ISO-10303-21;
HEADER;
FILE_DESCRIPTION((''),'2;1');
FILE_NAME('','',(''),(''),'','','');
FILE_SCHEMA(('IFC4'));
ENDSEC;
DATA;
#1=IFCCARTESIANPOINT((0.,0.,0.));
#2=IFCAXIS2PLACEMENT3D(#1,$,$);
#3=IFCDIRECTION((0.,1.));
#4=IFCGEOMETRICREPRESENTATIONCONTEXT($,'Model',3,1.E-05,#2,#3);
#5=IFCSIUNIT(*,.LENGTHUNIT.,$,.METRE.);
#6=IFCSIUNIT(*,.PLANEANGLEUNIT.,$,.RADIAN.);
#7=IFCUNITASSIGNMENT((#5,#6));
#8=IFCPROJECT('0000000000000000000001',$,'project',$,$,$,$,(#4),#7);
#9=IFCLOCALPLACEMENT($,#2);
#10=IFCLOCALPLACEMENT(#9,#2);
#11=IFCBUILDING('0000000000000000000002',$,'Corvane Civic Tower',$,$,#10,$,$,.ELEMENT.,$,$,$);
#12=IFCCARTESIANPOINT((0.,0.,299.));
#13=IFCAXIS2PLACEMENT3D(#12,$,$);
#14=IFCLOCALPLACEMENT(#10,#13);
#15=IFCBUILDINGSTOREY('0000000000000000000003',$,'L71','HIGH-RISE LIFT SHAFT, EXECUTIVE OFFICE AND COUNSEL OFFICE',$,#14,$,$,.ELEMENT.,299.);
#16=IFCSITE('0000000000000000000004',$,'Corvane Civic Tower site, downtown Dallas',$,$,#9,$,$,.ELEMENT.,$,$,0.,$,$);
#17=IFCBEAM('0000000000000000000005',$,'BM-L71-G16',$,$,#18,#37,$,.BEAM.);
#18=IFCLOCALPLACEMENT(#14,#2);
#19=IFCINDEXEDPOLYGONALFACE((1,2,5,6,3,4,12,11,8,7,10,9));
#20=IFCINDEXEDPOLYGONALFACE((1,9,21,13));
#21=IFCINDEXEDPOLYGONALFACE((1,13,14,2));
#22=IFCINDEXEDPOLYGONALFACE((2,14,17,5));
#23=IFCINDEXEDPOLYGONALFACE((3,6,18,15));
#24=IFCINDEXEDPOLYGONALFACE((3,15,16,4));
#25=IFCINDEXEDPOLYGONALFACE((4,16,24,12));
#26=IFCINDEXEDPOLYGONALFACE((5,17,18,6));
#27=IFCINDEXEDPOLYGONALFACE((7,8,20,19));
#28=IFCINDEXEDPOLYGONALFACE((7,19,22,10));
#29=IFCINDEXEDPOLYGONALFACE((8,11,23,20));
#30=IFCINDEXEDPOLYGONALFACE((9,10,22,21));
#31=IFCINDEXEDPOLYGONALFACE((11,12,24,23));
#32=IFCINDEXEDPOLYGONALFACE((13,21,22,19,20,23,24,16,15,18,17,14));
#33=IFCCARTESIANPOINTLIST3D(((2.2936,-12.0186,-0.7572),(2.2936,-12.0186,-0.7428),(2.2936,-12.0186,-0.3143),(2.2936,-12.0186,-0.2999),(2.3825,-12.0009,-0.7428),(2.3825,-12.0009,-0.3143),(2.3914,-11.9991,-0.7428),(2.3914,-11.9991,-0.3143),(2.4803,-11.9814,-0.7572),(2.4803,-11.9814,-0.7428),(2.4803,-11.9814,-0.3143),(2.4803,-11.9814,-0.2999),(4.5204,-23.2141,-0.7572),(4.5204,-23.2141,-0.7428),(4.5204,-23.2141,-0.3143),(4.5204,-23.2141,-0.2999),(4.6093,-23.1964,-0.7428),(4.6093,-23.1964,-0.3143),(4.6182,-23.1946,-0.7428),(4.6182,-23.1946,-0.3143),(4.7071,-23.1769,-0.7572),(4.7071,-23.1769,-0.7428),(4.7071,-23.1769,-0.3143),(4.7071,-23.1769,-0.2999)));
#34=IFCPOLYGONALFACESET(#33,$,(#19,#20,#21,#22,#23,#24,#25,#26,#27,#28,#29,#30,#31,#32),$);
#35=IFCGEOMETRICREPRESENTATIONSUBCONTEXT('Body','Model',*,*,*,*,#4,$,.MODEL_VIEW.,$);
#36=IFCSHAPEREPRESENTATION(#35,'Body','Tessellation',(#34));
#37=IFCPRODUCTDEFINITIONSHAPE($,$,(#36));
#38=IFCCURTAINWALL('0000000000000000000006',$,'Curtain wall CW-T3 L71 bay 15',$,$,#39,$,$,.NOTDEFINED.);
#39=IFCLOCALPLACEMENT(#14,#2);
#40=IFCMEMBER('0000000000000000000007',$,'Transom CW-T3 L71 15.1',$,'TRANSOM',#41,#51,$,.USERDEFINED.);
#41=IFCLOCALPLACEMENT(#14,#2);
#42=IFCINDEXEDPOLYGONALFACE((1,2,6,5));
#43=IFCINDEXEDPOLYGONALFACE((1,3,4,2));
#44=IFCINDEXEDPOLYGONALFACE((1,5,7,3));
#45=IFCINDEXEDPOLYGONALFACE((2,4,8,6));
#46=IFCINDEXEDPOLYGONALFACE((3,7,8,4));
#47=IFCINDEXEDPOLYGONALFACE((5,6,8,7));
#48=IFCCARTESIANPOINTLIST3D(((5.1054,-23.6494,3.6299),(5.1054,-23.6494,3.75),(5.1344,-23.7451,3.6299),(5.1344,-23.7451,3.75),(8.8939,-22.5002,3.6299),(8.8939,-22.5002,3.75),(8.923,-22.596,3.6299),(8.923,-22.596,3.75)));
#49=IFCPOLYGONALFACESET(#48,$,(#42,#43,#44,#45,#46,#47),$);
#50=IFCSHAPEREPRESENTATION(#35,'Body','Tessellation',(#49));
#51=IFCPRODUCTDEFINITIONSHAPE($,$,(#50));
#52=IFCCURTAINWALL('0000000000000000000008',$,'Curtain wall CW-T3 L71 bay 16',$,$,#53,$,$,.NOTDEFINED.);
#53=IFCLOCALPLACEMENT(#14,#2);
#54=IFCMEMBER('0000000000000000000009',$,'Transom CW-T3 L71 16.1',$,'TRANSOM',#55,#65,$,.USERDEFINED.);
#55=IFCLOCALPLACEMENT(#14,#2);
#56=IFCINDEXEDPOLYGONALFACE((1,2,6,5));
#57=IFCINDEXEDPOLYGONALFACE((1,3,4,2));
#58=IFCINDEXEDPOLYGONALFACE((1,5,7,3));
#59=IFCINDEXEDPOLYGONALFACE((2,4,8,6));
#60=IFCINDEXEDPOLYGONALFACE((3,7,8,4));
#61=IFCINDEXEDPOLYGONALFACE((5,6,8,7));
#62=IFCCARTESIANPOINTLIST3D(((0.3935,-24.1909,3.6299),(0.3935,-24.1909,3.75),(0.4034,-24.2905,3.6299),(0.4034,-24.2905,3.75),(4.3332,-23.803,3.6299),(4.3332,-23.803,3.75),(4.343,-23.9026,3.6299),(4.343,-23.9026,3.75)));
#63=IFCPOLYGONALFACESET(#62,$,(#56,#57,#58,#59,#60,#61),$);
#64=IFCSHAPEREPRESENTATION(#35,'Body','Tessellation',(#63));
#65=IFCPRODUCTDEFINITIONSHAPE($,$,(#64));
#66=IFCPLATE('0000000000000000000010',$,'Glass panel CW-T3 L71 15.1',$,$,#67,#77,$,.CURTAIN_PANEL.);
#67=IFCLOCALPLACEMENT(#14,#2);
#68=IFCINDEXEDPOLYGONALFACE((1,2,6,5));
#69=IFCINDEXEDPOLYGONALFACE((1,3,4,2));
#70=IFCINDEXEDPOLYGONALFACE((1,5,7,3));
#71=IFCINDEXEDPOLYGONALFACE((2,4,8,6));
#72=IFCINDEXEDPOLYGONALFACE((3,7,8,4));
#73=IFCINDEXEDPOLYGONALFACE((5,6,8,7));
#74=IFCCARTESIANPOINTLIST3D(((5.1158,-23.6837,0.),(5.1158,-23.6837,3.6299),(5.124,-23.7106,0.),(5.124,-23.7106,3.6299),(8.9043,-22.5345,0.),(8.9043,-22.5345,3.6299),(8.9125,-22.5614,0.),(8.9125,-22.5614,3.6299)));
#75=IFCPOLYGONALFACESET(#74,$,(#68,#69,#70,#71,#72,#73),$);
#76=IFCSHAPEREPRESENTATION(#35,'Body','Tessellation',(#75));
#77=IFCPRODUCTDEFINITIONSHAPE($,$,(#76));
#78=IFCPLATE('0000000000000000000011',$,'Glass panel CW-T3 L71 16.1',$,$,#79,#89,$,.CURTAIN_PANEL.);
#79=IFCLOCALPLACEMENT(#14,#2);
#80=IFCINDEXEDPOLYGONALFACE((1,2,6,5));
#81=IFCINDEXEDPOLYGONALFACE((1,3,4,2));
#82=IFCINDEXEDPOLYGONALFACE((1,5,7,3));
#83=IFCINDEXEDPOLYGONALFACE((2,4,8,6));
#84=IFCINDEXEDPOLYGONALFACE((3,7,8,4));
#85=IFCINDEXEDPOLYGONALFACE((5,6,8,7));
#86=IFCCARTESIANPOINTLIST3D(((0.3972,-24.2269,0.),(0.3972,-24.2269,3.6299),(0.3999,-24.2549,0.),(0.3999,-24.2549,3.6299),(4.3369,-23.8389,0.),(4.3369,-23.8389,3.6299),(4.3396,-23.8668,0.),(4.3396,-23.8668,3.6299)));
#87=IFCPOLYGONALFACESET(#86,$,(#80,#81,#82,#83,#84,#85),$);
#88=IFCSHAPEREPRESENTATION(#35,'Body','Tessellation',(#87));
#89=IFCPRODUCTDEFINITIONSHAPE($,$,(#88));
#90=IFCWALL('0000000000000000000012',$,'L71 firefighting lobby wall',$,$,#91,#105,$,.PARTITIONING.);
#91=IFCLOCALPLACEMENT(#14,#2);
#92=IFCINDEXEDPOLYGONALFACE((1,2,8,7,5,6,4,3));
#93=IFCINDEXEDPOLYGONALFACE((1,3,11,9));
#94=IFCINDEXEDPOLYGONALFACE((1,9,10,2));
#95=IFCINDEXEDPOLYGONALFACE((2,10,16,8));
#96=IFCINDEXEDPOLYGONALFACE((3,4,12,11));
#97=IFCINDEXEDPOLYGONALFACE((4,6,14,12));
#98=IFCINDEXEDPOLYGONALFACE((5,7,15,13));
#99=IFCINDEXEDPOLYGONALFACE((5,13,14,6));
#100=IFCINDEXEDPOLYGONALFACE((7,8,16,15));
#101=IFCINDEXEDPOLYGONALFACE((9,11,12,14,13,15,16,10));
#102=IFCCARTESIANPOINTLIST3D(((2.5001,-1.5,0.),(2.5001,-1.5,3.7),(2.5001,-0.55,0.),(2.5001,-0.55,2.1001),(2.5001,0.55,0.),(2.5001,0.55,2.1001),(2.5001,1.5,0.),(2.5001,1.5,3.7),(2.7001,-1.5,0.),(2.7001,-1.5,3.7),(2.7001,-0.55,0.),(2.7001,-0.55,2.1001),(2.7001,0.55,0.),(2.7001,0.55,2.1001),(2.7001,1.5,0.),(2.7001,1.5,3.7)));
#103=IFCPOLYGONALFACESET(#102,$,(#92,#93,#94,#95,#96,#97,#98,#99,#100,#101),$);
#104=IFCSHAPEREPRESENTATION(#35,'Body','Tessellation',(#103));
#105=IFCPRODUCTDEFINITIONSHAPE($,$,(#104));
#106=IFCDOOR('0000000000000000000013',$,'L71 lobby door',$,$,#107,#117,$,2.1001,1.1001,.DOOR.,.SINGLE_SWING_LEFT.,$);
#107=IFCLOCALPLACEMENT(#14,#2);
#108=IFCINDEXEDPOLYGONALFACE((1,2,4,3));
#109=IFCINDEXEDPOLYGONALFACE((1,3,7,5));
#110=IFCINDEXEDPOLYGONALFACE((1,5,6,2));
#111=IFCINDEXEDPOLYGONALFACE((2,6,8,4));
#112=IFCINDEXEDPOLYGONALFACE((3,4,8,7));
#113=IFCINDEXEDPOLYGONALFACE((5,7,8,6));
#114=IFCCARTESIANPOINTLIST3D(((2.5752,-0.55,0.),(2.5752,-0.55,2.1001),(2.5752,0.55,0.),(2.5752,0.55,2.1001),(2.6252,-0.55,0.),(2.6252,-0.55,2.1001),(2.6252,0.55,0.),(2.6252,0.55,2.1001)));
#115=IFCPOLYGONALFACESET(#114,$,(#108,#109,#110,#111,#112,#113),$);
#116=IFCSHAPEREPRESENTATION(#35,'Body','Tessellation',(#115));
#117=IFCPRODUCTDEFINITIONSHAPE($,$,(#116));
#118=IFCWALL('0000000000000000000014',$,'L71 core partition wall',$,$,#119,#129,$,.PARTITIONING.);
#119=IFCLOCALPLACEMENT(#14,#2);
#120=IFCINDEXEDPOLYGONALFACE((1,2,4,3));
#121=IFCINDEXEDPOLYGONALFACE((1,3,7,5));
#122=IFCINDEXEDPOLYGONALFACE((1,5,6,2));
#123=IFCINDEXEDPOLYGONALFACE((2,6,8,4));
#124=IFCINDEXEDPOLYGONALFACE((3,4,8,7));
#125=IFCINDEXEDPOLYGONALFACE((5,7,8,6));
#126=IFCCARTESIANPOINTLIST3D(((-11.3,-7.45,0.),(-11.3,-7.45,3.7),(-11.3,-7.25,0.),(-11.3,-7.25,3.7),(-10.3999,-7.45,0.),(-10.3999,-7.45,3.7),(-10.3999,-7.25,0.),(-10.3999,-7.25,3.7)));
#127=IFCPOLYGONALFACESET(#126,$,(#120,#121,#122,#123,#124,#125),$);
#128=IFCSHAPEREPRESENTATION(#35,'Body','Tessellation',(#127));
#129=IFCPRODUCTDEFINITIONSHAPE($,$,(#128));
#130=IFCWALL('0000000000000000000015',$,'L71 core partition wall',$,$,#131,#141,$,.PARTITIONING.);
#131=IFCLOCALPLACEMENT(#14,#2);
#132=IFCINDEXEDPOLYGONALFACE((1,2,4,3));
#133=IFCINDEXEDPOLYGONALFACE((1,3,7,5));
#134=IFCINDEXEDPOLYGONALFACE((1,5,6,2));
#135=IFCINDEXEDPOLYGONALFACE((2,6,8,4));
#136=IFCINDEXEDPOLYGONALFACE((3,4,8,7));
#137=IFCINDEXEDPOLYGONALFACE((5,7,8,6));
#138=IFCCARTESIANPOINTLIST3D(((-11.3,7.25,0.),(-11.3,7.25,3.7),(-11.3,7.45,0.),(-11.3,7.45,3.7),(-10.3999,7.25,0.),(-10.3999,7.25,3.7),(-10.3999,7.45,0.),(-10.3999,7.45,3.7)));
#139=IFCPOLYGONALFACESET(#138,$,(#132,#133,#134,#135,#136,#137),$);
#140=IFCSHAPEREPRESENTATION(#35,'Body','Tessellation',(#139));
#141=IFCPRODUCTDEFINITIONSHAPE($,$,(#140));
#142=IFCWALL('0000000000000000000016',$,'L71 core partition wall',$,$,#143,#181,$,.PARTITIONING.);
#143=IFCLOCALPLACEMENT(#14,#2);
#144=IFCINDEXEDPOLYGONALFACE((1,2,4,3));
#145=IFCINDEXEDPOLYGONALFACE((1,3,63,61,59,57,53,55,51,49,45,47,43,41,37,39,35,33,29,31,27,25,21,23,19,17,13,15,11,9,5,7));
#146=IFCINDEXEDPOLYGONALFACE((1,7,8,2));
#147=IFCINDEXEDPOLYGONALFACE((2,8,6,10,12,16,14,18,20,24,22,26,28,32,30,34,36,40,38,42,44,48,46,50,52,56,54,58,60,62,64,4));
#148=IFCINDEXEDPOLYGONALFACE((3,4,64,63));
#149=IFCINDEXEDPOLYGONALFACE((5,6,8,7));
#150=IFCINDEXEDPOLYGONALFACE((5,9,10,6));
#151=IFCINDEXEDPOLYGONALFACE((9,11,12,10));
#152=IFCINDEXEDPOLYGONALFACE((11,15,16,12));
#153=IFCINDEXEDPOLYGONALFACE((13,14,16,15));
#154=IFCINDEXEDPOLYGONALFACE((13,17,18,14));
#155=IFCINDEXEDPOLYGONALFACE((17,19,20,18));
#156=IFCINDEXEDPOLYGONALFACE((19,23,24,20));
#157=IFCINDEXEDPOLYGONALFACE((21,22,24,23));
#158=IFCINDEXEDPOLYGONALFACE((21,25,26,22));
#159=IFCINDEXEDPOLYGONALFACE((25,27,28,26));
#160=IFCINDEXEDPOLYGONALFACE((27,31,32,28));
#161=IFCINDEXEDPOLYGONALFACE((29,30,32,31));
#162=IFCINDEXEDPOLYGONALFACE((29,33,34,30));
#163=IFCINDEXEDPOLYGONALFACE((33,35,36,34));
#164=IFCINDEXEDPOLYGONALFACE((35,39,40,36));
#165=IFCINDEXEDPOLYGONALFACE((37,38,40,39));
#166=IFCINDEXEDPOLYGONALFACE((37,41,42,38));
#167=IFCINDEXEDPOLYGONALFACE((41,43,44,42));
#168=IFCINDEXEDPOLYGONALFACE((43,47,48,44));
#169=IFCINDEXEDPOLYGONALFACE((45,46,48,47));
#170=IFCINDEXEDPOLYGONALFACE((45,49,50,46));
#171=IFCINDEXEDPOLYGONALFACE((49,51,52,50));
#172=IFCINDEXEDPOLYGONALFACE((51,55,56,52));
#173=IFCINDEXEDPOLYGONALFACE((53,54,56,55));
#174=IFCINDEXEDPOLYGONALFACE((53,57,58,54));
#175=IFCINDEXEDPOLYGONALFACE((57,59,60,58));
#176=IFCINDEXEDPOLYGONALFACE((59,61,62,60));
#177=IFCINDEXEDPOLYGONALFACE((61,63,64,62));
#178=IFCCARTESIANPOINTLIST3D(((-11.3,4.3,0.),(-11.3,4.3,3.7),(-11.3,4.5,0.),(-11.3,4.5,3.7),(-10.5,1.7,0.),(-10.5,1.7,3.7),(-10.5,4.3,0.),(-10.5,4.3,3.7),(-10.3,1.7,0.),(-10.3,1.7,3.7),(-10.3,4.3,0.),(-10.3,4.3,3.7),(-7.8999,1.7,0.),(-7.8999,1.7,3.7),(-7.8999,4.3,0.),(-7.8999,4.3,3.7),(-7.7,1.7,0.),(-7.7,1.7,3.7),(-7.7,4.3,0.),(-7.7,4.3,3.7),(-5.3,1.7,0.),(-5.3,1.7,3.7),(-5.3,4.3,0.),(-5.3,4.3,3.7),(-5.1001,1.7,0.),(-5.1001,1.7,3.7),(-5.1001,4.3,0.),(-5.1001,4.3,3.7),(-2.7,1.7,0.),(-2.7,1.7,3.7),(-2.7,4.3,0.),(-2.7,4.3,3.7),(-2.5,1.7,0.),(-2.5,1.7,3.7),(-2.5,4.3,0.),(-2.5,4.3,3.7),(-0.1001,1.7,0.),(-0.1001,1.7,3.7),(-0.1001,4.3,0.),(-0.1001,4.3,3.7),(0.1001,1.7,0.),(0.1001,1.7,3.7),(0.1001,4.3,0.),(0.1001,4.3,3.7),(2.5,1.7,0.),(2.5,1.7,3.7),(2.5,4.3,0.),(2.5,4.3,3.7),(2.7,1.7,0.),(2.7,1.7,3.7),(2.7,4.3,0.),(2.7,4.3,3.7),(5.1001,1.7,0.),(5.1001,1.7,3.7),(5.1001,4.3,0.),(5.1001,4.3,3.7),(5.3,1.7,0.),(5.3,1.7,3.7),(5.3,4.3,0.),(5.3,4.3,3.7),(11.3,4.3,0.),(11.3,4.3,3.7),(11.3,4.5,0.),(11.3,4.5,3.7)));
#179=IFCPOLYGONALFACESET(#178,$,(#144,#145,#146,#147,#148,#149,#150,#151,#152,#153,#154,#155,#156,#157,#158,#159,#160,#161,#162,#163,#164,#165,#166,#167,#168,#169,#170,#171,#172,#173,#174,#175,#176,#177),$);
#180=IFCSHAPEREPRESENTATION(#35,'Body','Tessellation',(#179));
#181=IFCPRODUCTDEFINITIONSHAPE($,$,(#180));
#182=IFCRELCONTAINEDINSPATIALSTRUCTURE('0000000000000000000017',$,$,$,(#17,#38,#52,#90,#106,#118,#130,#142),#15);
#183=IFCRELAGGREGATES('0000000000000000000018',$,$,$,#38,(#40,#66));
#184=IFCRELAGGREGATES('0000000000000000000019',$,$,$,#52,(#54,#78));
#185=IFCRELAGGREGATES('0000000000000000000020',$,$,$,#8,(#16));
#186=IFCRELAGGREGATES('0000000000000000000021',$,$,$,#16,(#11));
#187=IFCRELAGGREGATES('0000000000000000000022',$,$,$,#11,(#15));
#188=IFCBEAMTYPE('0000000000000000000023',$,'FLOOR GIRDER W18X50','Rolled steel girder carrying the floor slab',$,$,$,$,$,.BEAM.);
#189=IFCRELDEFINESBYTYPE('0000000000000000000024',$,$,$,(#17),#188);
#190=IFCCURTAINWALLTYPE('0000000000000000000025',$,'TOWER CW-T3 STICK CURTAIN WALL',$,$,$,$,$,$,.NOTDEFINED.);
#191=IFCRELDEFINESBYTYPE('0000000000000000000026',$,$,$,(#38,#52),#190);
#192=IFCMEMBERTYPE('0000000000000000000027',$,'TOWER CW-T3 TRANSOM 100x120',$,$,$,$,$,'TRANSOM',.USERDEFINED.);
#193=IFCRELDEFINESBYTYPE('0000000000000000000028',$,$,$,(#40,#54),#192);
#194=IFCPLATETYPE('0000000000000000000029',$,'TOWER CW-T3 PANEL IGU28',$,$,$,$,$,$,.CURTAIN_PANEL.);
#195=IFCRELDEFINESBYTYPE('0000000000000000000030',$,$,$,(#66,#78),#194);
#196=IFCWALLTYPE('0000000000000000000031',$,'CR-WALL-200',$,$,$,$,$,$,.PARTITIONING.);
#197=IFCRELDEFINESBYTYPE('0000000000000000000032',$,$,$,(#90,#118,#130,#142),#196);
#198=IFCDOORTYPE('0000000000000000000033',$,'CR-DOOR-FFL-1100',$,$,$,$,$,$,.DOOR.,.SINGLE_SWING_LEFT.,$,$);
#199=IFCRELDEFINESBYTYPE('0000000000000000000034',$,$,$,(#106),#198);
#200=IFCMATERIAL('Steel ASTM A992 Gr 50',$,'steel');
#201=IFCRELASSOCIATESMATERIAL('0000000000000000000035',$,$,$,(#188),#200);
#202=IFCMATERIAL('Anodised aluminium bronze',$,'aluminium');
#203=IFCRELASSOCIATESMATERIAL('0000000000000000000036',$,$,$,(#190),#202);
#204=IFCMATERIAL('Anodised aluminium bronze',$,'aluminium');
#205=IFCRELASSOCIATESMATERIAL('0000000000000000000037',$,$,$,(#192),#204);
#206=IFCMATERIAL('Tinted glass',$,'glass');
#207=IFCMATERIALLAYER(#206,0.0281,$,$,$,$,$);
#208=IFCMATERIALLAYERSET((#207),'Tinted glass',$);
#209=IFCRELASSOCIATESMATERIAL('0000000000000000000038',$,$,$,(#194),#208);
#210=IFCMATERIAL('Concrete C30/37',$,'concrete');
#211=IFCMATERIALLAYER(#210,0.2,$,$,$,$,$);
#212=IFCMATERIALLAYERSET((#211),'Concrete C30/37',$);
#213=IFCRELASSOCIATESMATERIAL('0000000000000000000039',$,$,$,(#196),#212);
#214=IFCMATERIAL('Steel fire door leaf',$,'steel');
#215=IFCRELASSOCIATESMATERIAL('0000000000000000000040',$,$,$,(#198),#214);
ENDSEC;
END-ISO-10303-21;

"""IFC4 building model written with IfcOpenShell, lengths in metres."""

from ifc_helpers import new_model, si_unit, direction, frame, frame_2d, origin, origin_2d, place, context, subcontext, project, spatial, polyline, rectangle, i_section, outline, extrude, material, layer, layer_set, material_profile, profile_set, type_object, element, fill, aggregate, save


model = new_model("IFC4")

# Units and contexts
model_context = context("Model", 3, precision=1e-05, world=origin(), true_north=direction((0.0, 1.0)))
body_context = subcontext(model_context, "Body", "Model", "MODEL_VIEW")
ifc_project = project(units=[si_unit("LENGTHUNIT", "METRE"), si_unit("PLANEANGLEUNIT", "RADIAN")], contexts=[model_context])

# Site, building, storey
site_placement = place(None, origin())
site = spatial("IfcSite", under=ifc_project, at=site_placement, Name="Corvane Civic Tower site, downtown Dallas", CompositionType="ELEMENT", RefElevation=0.0)
building_placement = place(site_placement, origin())
building = spatial("IfcBuilding", under=site, at=building_placement, Name="Corvane Civic Tower", CompositionType="ELEMENT")
storey_placement = place(building_placement, frame((0.0, 0.0, 299.0)))
storey = spatial("IfcBuildingStorey", under=building, at=storey_placement, Name="L71", Description="HIGH-RISE LIFT SHAFT, EXECUTIVE OFFICE AND COUNSEL OFFICE", CompositionType="ELEMENT", Elevation=299.0)

# Beam
ifc_material_1 = material(Name="Steel ASTM A992 Gr 50", Category="steel")
ifc_material_profile_1 = material_profile(ifc_material_1, i_section(OverallWidth=0.1904, OverallDepth=0.4573, WebThickness=0.009, FlangeThickness=0.0144, at=origin_2d()), Name="W18X50")
ifc_profile_set_1 = profile_set([ifc_material_profile_1], Name="Steel ASTM A992 Gr 50")
beam_type_1 = type_object("IfcBeamType", Name="FLOOR GIRDER W18X50", Description="Rolled steel girder carrying the floor slab", PredefinedType="BEAM", material=ifc_profile_set_1)
beam_1_placement = place(storey_placement, frame((2.387, -12.0, -0.5286), z_axis=(0.19508, -0.980787, 0.0), x_axis=(0.980787, 0.19508, 0.0)))
element("IfcBeam", 1, at=beam_1_placement, inside=storey, type_object=beam_type_1, Name="BM-L71-G16", PredefinedType="BEAM", context=body_context, shape_type="SweptSolid", body=[
    extrude(i_section(OverallWidth=0.1904, OverallDepth=0.4573, WebThickness=0.009, FlangeThickness=0.0144, at=origin_2d()), origin(), (0.0, 0.0, 1.0), 11.4148),
])

# Curtain walls, members
ifc_material_2 = material(Name="Anodised aluminium bronze", Category="aluminium")
curtain_wall_type = type_object("IfcCurtainWallType", Name="TOWER CW-T3 STICK CURTAIN WALL", PredefinedType="NOTDEFINED", material=ifc_material_2)
curtain_wall_1_placement = place(storey_placement, origin())
curtain_wall_1 = element("IfcCurtainWall", 2, at=curtain_wall_1_placement, inside=storey, type_object=curtain_wall_type, Name="Curtain wall CW-T3 L71 bay 15", PredefinedType="NOTDEFINED")
ifc_material_3 = material(Name="Anodised aluminium bronze", Category="aluminium")
ifc_material_profile_2 = material_profile(ifc_material_3, rectangle(XDim=0.1001, YDim=0.1201, at=origin_2d()), Name="TOWER CW-T3 TRANSOM 100x120")
ifc_profile_set_2 = profile_set([ifc_material_profile_2], Name="Anodised aluminium bronze")
member_type = type_object("IfcMemberType", Name="TOWER CW-T3 TRANSOM 100x120", ElementType="TRANSOM", PredefinedType="USERDEFINED", material=ifc_profile_set_2)
member_1_placement = place(storey_placement, frame((8.9084, -22.5481, 3.6899), z_axis=(-0.956946, -0.290266, 0.0), x_axis=(0.290266, -0.956946, 0.0)))
member_1 = element("IfcMember", 3, at=member_1_placement, type_object=member_type, Name="Transom CW-T3 L71 15.1", ObjectType="TRANSOM", PredefinedType="USERDEFINED", context=body_context, shape_type="SweptSolid", body=[
    extrude(rectangle(XDim=0.1001, YDim=0.1201, at=origin_2d()), origin(), (0.0, 0.0, 1.0), 3.959),
])
curtain_wall_2_placement = place(storey_placement, origin())
curtain_wall_2 = element("IfcCurtainWall", 4, at=curtain_wall_2_placement, inside=storey, type_object=curtain_wall_type, Name="Curtain wall CW-T3 L71 bay 16", PredefinedType="NOTDEFINED")
member_2_placement = place(storey_placement, frame((4.3381, -23.8528, 3.6899), z_axis=(-0.995187, -0.097995, 0.0), x_axis=(0.097995, -0.995187, 0.0)))
member_2 = element("IfcMember", 5, at=member_2_placement, type_object=member_type, Name="Transom CW-T3 L71 16.1", ObjectType="TRANSOM", PredefinedType="USERDEFINED", context=body_context, shape_type="SweptSolid", body=[
    extrude(rectangle(XDim=0.1001, YDim=0.1201, at=origin_2d()), origin(), (0.0, 0.0, 1.0), 3.9587),
])

# Plates
ifc_material_4 = material(Name="Tinted glass", Category="glass")
ifc_layer_1 = layer(ifc_material_4, 0.0281)
ifc_layer_set_1 = layer_set([ifc_layer_1], Name="Tinted glass")
plate_type = type_object("IfcPlateType", Name="TOWER CW-T3 PANEL IGU28", PredefinedType="CURTAIN_PANEL", material=ifc_layer_set_1)
plate_1_placement = place(storey_placement, frame((7.0142, -23.1226, 0.0), z_axis=(0.0, 0.0, 1.0), x_axis=(-0.956944, -0.290274, 0.0)))
plate_1 = element("IfcPlate", 6, at=plate_1_placement, type_object=plate_type, Name="Glass panel CW-T3 L71 15.1", PredefinedType="CURTAIN_PANEL", context=body_context, shape_type="SweptSolid", body=[
    extrude(rectangle(XDim=3.959, YDim=0.0281, at=origin_2d()), origin(), (0.0, 0.0, 1.0), 3.6299),
])
aggregate(curtain_wall_1, [member_1, plate_1])
plate_2_placement = place(storey_placement, frame((2.3684, -24.0469, 0.0), z_axis=(0.0, 0.0, 1.0), x_axis=(-0.995184, -0.098021, 0.0)))
plate_2 = element("IfcPlate", 7, at=plate_2_placement, type_object=plate_type, Name="Glass panel CW-T3 L71 16.1", PredefinedType="CURTAIN_PANEL", context=body_context, shape_type="SweptSolid", body=[
    extrude(rectangle(XDim=3.9587, YDim=0.0281, at=origin_2d()), origin(), (0.0, 0.0, 1.0), 3.6299),
])
aggregate(curtain_wall_2, [member_2, plate_2])

# Wall, opening, door
ifc_material_5 = material(Name="Concrete C30/37", Category="concrete")
ifc_layer_2 = layer(ifc_material_5, 0.2)
ifc_layer_set_2 = layer_set([ifc_layer_2], Name="Concrete C30/37")
wall_type_1 = type_object("IfcWallType", Name="CR-WALL-200", PredefinedType="PARTITIONING", material=ifc_layer_set_2)
wall_1_placement = place(storey_placement, frame((2.6001, -1.5, 0.0), z_axis=(0.0, 0.0, 1.0), x_axis=(0.0, 1.0, 0.0)))
wall_1 = element("IfcWall", 8, at=wall_1_placement, inside=storey, type_object=wall_type_1, Name="L71 firefighting lobby wall", PredefinedType="PARTITIONING", context=body_context, shape_type="SweptSolid", body=[
    extrude(rectangle(XDim=3.0, YDim=0.2, at=frame_2d((1.5, 0.0))), origin(), (0.0, 0.0, 1.0), 3.7),
])
opening_1_placement = place(wall_1_placement, frame((0.95, 0.0, 0.0)))
opening_1 = element("IfcOpeningElement", 9, at=opening_1_placement, cuts=wall_1, PredefinedType="OPENING", context=body_context, shape_type="SweptSolid", body=[
    extrude(rectangle(XDim=1.1001, YDim=2.1001, at=frame_2d((0.55, 1.05))), frame((0.0, 0.1099, 0.0), z_axis=(0.0, -1.0, 0.0), x_axis=(1.0, 0.0, 0.0)), (0.0, 0.0, 1.0), 0.22),
])
ifc_material_6 = material(Name="Steel fire door leaf", Category="steel")
door_type_1 = type_object("IfcDoorType", Name="CR-DOOR-FFL-1100", OperationType="SINGLE_SWING_LEFT", PredefinedType="DOOR", material=ifc_material_6)
door_1_placement = place(opening_1_placement, origin())
door_1 = element("IfcDoor", 10, at=door_1_placement, inside=storey, type_object=door_type_1, Name="L71 lobby door", OperationType="SINGLE_SWING_LEFT", OverallHeight=2.1001, OverallWidth=1.1001, PredefinedType="DOOR", context=body_context, shape_type="SweptSolid", body=[
    extrude(rectangle(XDim=1.1001, YDim=2.1001, at=frame_2d((0.55, 1.05))), frame((0.0, 0.0249, 0.0), z_axis=(0.0, -1.0, 0.0), x_axis=(1.0, 0.0, 0.0)), (0.0, 0.0, 1.0), 0.05),
])
fill(opening_1, door_1)

# Walls
wall_2_placement = place(storey_placement, origin())
element("IfcWall", 11, at=wall_2_placement, inside=storey, type_object=wall_type_1, Name="L71 core partition wall", PredefinedType="PARTITIONING", context=body_context, shape_type="SweptSolid", body=[
    extrude(outline(polyline([(-10.3999, -7.45), (-11.3, -7.45), (-11.3, -7.25), (-10.3999, -7.25), (-10.3999, -7.45)])), origin(), (0.0, 0.0, 1.0), 3.7),
])
wall_3_placement = place(storey_placement, origin())
element("IfcWall", 12, at=wall_3_placement, inside=storey, type_object=wall_type_1, Name="L71 core partition wall", PredefinedType="PARTITIONING", context=body_context, shape_type="SweptSolid", body=[
    extrude(outline(polyline([(-10.3999, 7.25), (-11.3, 7.25), (-11.3, 7.45), (-10.3999, 7.45), (-10.3999, 7.25)])), origin(), (0.0, 0.0, 1.0), 3.7),
])
wall_4_placement = place(storey_placement, origin())
element("IfcWall", 13, at=wall_4_placement, inside=storey, type_object=wall_type_1, Name="L71 core partition wall", PredefinedType="PARTITIONING", context=body_context, shape_type="SweptSolid", body=[
    extrude(outline(polyline([(0.1001, 1.7), (-0.1001, 1.7), (-0.1001, 4.3), (-2.5, 4.3), (-2.5, 1.7), (-2.7, 1.7), (-2.7, 4.3), (-5.1001, 4.3), (-5.1001, 1.7), (-5.3, 1.7), (-5.3, 4.3), (-7.7, 4.3), (-7.7, 1.7), (-7.8999, 1.7), (-7.8999, 4.3), (-10.3, 4.3), (-10.3, 1.7), (-10.5, 1.7), (-10.5, 4.3), (-11.3, 4.3), (-11.3, 4.5), (11.3, 4.5), (11.3, 4.3), (5.3, 4.3), (5.3, 1.7), (5.1001, 1.7), (5.1001, 4.3), (2.7, 4.3), (2.7, 1.7), (2.5, 1.7), (2.5, 4.3), (0.1001, 4.3), (0.1001, 1.7)])), origin(), (0.0, 0.0, 1.0), 3.7),
])

save(model, "model.ifc")
